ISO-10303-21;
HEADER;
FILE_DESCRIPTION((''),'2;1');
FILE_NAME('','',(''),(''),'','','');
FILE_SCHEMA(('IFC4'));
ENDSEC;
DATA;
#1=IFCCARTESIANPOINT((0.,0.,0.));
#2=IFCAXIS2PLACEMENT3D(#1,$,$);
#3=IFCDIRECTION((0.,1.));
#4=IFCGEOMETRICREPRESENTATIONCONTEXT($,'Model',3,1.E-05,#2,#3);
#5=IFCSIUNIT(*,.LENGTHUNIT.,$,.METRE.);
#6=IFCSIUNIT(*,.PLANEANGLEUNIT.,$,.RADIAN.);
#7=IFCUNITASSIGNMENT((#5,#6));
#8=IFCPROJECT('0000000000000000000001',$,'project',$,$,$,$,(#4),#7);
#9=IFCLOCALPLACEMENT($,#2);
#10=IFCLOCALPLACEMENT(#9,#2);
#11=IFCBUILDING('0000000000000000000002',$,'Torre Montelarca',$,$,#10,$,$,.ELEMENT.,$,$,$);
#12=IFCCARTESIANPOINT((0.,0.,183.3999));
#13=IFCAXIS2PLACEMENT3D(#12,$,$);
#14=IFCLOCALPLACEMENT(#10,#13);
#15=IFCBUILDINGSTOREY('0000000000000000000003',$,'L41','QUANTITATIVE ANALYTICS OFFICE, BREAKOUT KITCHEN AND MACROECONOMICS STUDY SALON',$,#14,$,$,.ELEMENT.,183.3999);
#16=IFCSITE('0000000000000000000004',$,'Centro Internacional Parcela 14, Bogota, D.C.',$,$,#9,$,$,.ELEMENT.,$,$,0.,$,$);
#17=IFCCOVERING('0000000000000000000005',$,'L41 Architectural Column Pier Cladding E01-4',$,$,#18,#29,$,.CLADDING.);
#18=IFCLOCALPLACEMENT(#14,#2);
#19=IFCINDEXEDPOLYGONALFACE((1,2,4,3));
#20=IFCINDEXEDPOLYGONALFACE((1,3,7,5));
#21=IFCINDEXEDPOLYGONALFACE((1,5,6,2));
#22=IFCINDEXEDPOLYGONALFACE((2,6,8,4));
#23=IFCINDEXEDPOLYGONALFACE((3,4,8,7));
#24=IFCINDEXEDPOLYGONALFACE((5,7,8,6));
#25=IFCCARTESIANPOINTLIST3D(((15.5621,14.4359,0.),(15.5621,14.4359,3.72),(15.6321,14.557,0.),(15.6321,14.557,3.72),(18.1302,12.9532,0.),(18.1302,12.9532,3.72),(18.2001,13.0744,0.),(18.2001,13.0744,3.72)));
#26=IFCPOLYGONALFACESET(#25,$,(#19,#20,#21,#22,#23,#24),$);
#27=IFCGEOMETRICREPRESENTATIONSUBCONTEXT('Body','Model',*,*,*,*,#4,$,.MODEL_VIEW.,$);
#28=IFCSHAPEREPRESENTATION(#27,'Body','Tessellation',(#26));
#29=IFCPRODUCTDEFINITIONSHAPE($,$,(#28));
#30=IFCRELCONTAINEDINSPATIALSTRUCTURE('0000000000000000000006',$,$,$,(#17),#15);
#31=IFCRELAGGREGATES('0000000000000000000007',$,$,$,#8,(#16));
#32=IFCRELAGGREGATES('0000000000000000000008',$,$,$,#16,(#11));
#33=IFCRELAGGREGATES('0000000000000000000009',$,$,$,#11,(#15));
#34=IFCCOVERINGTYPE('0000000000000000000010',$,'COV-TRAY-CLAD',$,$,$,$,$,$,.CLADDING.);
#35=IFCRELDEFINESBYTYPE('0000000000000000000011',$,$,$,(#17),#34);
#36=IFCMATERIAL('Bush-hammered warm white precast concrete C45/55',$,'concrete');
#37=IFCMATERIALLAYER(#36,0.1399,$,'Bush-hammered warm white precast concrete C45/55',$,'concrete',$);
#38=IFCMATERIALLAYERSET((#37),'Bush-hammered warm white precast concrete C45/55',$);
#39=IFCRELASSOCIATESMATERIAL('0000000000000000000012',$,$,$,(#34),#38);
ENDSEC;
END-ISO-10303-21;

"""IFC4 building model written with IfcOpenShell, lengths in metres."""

from ifc_helpers import new_model, si_unit, direction, frame, origin, origin_2d, place, context, subcontext, project, spatial, rectangle, extrude, source, transform, mapped, material, layer, layer_set, type_object, element, save


model = new_model("IFC4")

# Units and contexts
model_context = context("Model", 3, precision=1e-05, world=origin(), true_north=direction((0.0, 1.0)))
body_context = subcontext(model_context, "Body", "Model", "MODEL_VIEW")
ifc_project = project(units=[si_unit("LENGTHUNIT", "METRE"), si_unit("PLANEANGLEUNIT", "RADIAN")], contexts=[model_context])

# Site, building, storey
site_placement = place(None, origin())
site = spatial("IfcSite", under=ifc_project, at=site_placement, Name="Centro Internacional Parcela 14, Bogota, D.C.", CompositionType="ELEMENT", RefElevation=0.0)
building_placement = place(site_placement, origin())
building = spatial("IfcBuilding", under=site, at=building_placement, Name="Torre Montelarca", CompositionType="ELEMENT")
storey_placement = place(building_placement, frame((0.0, 0.0, 183.3999)))
storey = spatial("IfcBuildingStorey", under=building, at=storey_placement, Name="L41", Description="QUANTITATIVE ANALYTICS OFFICE, BREAKOUT KITCHEN AND MACROECONOMICS STUDY SALON", CompositionType="ELEMENT", Elevation=183.3999)

# Covering
ifc_material_1 = material(Name="Bush-hammered warm white precast concrete C45/55", Category="concrete")
ifc_layer_1 = layer(ifc_material_1, 0.1399, Name="Bush-hammered warm white precast concrete C45/55", Category="concrete")
ifc_layer_set_1 = layer_set([ifc_layer_1], Name="Bush-hammered warm white precast concrete C45/55")
covering_type = type_object("IfcCoveringType", Name="COV-TRAY-CLAD", PredefinedType="CLADDING", material=ifc_layer_set_1)
shared_shape_1 = source(origin(), body_context, "Body", "SweptSolid", [
    extrude(rectangle(XDim=2.9653, YDim=0.1399, at=origin_2d()), origin(), (0.0, 0.0, 1.0), 3.72),
])
covering_1_placement = place(storey_placement, frame((16.8811, 13.7551, 0.0), z_axis=(0.0, 0.0, 1.0), x_axis=(0.866025, -0.5, 0.0)))
element("IfcCovering", 1, at=covering_1_placement, inside=storey, type_object=covering_type, Name="L41 Architectural Column Pier Cladding E01-4", PredefinedType="CLADDING", context=body_context, shape_type="MappedRepresentation", body=[
    mapped(shared_shape_1, transform((0.0, 0.0, 0.0), scale=1.0)),
])

save(model, "model.ifc")
